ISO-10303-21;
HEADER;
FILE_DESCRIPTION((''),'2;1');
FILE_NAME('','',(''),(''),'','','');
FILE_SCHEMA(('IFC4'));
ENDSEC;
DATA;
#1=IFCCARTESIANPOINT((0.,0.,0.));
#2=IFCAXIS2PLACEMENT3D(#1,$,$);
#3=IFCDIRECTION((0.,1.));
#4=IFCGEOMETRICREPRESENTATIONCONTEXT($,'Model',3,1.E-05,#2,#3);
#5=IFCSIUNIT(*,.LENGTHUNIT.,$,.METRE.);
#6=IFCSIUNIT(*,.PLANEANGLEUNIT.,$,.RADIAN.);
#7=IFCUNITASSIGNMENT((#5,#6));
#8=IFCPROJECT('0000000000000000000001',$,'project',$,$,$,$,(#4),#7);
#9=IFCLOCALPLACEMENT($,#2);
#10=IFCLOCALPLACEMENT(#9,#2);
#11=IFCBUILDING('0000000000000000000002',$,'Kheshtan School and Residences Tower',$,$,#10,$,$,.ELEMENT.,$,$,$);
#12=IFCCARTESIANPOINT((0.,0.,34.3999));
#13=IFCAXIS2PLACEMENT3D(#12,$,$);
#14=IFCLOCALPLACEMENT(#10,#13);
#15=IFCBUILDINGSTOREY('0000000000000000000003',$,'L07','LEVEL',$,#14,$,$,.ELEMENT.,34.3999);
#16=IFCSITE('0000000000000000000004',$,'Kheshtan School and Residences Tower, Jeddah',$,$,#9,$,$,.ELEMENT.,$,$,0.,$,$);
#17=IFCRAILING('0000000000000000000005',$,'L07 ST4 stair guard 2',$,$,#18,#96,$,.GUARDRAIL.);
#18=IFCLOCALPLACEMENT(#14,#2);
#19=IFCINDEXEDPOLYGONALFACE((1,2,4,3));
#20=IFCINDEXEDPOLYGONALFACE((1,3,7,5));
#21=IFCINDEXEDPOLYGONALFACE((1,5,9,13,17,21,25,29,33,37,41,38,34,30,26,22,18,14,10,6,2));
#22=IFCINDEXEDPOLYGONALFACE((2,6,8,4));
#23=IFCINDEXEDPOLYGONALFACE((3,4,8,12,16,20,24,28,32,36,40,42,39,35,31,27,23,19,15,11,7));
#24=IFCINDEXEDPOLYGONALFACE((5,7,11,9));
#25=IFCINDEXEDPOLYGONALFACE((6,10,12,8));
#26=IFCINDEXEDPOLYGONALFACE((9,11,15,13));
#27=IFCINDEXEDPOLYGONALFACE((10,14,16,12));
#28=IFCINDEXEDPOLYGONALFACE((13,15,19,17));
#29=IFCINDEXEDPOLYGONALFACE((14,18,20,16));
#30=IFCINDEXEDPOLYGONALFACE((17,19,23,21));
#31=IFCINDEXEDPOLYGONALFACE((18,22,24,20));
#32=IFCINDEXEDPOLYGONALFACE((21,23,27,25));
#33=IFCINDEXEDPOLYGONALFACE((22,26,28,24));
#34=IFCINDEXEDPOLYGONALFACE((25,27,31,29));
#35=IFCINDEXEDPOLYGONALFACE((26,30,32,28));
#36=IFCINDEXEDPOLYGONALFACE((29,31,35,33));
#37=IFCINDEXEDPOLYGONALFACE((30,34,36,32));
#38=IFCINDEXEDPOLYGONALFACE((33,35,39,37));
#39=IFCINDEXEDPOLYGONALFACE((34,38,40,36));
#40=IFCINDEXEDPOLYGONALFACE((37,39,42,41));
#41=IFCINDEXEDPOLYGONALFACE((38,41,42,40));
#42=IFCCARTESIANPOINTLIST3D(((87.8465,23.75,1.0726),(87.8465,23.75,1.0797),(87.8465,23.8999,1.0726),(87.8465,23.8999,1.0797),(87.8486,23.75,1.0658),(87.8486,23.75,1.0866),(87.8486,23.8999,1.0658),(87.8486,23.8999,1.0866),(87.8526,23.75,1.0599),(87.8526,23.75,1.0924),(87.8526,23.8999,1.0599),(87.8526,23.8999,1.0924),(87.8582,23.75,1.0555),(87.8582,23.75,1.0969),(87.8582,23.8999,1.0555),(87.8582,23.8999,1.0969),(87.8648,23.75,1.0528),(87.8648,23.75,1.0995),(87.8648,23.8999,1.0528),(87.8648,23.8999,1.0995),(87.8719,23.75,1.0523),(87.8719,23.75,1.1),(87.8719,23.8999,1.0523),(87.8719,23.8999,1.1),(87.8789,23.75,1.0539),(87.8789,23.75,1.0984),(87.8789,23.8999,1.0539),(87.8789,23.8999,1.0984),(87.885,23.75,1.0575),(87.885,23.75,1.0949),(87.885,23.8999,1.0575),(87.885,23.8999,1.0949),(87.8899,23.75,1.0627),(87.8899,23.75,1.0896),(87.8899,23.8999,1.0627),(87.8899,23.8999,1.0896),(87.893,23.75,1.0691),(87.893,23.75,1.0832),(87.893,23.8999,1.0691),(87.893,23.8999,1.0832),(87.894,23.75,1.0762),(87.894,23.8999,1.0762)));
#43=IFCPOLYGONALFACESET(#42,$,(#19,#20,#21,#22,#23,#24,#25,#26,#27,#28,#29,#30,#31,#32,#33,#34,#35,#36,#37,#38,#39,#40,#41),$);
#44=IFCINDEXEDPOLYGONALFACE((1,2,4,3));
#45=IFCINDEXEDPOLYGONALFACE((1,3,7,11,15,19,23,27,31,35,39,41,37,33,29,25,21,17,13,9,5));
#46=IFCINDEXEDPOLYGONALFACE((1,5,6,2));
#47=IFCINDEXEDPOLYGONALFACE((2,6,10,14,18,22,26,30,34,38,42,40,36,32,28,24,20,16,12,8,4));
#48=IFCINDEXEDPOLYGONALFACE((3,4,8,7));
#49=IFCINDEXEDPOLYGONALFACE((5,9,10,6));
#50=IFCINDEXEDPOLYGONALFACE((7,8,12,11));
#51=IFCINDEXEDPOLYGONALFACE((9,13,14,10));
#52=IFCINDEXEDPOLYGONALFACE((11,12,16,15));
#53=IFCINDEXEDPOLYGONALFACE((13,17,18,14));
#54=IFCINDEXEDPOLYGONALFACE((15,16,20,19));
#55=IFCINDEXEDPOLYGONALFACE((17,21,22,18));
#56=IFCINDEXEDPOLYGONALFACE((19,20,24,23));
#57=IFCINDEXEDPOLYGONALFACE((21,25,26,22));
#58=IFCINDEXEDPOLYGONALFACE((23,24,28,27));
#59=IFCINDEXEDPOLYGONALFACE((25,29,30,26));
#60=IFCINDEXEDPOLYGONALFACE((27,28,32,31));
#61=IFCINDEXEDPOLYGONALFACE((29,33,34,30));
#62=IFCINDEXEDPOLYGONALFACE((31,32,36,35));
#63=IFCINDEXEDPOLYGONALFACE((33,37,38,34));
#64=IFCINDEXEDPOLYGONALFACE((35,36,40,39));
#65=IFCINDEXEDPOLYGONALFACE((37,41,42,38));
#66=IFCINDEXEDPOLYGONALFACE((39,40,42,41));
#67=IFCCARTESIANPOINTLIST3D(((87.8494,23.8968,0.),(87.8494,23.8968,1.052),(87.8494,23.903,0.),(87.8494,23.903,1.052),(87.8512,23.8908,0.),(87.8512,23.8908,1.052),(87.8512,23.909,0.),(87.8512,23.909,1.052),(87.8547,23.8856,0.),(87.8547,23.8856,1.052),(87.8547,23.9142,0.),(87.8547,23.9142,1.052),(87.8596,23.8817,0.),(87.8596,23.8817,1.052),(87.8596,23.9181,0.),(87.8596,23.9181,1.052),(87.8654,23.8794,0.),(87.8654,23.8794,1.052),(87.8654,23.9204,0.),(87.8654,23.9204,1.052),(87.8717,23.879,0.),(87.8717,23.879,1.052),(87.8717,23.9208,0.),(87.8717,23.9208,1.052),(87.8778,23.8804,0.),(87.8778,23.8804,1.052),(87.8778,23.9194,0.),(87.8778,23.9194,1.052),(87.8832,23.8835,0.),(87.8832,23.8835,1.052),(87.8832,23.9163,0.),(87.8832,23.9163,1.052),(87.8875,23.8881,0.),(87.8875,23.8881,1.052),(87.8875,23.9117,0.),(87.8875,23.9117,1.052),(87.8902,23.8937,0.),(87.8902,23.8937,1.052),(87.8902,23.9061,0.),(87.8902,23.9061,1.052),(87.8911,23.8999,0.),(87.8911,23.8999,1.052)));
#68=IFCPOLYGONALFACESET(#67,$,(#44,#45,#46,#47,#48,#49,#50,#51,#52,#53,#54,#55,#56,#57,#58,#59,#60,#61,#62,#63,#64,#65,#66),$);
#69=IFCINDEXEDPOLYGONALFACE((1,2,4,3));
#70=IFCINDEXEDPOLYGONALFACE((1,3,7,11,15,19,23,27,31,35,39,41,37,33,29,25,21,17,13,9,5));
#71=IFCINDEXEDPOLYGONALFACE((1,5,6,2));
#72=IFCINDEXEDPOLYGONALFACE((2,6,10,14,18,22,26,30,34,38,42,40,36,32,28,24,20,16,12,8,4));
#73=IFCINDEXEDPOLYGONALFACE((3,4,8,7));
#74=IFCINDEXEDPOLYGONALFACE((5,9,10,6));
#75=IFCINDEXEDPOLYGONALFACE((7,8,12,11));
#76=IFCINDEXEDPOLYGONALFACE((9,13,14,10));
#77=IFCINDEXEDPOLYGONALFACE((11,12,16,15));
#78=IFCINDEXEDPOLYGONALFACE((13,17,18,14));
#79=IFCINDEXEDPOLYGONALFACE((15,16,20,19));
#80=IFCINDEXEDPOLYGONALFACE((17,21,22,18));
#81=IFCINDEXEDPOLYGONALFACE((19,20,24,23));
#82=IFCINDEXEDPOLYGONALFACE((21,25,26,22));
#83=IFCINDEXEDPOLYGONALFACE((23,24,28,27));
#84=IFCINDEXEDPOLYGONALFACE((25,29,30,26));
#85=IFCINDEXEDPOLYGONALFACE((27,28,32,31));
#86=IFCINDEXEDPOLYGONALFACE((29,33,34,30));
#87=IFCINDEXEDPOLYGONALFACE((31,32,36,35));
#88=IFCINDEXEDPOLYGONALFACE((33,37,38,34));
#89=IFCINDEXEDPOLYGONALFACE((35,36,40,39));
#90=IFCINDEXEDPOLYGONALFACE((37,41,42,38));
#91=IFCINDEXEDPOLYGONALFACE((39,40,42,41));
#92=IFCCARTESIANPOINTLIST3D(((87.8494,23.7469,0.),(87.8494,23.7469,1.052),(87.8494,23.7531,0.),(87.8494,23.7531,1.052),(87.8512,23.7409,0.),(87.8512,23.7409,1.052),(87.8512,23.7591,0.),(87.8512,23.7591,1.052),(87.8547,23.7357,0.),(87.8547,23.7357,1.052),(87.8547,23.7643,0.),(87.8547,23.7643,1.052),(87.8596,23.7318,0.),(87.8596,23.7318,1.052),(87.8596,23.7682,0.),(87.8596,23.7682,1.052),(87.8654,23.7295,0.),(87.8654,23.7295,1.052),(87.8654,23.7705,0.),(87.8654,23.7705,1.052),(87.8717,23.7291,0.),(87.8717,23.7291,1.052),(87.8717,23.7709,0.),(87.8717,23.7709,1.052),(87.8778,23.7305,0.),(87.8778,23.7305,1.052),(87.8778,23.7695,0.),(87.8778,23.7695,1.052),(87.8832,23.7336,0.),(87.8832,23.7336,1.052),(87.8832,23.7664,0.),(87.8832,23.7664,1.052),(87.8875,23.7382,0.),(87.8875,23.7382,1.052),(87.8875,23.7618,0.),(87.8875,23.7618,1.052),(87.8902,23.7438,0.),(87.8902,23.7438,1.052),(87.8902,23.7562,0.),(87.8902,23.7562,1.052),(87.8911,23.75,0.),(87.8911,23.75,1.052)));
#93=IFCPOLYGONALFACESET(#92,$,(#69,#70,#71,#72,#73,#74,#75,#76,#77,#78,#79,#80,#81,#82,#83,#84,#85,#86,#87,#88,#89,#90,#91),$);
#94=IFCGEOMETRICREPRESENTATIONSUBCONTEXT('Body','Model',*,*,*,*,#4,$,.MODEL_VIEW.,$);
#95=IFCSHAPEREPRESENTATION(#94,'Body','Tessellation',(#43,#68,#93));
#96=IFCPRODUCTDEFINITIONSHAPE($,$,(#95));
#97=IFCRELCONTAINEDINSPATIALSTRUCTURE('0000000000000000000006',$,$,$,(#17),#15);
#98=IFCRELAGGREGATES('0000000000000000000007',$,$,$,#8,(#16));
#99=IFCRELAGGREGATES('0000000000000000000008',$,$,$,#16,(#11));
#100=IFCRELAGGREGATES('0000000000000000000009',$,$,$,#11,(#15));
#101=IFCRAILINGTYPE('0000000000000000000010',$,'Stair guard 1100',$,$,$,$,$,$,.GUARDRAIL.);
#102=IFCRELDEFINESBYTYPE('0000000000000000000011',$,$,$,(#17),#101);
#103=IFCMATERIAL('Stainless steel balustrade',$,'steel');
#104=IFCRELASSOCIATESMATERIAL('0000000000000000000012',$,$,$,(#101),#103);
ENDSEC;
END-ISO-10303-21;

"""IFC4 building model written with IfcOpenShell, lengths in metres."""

from ifc_helpers import new_model, si_unit, direction, frame, origin, origin_2d, place, context, subcontext, project, spatial, circle, extrude, material, type_object, element, save


model = new_model("IFC4")

# Units and contexts
model_context = context("Model", 3, precision=1e-05, world=origin(), true_north=direction((0.0, 1.0)))
body_context = subcontext(model_context, "Body", "Model", "MODEL_VIEW")
ifc_project = project(units=[si_unit("LENGTHUNIT", "METRE"), si_unit("PLANEANGLEUNIT", "RADIAN")], contexts=[model_context])

# Site, building, storey
site_placement = place(None, origin())
site = spatial("IfcSite", under=ifc_project, at=site_placement, Name="Kheshtan School and Residences Tower, Jeddah", CompositionType="ELEMENT", RefElevation=0.0)
building_placement = place(site_placement, origin())
building = spatial("IfcBuilding", under=site, at=building_placement, Name="Kheshtan School and Residences Tower", CompositionType="ELEMENT")
storey_placement = place(building_placement, frame((0.0, 0.0, 34.3999)))
storey = spatial("IfcBuildingStorey", under=building, at=storey_placement, Name="L07", Description="LEVEL", CompositionType="ELEMENT", Elevation=34.3999)

# Railing
ifc_material_1 = material(Name="Stainless steel balustrade", Category="steel")
railing_type_1 = type_object("IfcRailingType", Name="Stair guard 1100", PredefinedType="GUARDRAIL", material=ifc_material_1)
railing_1_placement = place(storey_placement, frame((87.8701, 23.8999, 0.0)))
element("IfcRailing", 1, at=railing_1_placement, inside=storey, type_object=railing_type_1, Name="L07 ST4 stair guard 2", PredefinedType="GUARDRAIL", context=body_context, shape_type="SweptSolid", body=[
    extrude(circle(Radius=0.0239, at=origin_2d()), frame((0.0, 0.0, 1.0762), z_axis=(0.0, -1.0, 0.0), x_axis=(1.0, 0.0, 0.0)), (0.0, 0.0, 1.0), 0.1499),
    extrude(circle(Radius=0.021, at=origin_2d()), origin(), (0.0, 0.0, 1.0), 1.052),
    extrude(circle(Radius=0.021, at=origin_2d()), frame((0.0, -0.1499, 0.0)), (0.0, 0.0, 1.0), 1.052),
])

save(model, "model.ifc")
